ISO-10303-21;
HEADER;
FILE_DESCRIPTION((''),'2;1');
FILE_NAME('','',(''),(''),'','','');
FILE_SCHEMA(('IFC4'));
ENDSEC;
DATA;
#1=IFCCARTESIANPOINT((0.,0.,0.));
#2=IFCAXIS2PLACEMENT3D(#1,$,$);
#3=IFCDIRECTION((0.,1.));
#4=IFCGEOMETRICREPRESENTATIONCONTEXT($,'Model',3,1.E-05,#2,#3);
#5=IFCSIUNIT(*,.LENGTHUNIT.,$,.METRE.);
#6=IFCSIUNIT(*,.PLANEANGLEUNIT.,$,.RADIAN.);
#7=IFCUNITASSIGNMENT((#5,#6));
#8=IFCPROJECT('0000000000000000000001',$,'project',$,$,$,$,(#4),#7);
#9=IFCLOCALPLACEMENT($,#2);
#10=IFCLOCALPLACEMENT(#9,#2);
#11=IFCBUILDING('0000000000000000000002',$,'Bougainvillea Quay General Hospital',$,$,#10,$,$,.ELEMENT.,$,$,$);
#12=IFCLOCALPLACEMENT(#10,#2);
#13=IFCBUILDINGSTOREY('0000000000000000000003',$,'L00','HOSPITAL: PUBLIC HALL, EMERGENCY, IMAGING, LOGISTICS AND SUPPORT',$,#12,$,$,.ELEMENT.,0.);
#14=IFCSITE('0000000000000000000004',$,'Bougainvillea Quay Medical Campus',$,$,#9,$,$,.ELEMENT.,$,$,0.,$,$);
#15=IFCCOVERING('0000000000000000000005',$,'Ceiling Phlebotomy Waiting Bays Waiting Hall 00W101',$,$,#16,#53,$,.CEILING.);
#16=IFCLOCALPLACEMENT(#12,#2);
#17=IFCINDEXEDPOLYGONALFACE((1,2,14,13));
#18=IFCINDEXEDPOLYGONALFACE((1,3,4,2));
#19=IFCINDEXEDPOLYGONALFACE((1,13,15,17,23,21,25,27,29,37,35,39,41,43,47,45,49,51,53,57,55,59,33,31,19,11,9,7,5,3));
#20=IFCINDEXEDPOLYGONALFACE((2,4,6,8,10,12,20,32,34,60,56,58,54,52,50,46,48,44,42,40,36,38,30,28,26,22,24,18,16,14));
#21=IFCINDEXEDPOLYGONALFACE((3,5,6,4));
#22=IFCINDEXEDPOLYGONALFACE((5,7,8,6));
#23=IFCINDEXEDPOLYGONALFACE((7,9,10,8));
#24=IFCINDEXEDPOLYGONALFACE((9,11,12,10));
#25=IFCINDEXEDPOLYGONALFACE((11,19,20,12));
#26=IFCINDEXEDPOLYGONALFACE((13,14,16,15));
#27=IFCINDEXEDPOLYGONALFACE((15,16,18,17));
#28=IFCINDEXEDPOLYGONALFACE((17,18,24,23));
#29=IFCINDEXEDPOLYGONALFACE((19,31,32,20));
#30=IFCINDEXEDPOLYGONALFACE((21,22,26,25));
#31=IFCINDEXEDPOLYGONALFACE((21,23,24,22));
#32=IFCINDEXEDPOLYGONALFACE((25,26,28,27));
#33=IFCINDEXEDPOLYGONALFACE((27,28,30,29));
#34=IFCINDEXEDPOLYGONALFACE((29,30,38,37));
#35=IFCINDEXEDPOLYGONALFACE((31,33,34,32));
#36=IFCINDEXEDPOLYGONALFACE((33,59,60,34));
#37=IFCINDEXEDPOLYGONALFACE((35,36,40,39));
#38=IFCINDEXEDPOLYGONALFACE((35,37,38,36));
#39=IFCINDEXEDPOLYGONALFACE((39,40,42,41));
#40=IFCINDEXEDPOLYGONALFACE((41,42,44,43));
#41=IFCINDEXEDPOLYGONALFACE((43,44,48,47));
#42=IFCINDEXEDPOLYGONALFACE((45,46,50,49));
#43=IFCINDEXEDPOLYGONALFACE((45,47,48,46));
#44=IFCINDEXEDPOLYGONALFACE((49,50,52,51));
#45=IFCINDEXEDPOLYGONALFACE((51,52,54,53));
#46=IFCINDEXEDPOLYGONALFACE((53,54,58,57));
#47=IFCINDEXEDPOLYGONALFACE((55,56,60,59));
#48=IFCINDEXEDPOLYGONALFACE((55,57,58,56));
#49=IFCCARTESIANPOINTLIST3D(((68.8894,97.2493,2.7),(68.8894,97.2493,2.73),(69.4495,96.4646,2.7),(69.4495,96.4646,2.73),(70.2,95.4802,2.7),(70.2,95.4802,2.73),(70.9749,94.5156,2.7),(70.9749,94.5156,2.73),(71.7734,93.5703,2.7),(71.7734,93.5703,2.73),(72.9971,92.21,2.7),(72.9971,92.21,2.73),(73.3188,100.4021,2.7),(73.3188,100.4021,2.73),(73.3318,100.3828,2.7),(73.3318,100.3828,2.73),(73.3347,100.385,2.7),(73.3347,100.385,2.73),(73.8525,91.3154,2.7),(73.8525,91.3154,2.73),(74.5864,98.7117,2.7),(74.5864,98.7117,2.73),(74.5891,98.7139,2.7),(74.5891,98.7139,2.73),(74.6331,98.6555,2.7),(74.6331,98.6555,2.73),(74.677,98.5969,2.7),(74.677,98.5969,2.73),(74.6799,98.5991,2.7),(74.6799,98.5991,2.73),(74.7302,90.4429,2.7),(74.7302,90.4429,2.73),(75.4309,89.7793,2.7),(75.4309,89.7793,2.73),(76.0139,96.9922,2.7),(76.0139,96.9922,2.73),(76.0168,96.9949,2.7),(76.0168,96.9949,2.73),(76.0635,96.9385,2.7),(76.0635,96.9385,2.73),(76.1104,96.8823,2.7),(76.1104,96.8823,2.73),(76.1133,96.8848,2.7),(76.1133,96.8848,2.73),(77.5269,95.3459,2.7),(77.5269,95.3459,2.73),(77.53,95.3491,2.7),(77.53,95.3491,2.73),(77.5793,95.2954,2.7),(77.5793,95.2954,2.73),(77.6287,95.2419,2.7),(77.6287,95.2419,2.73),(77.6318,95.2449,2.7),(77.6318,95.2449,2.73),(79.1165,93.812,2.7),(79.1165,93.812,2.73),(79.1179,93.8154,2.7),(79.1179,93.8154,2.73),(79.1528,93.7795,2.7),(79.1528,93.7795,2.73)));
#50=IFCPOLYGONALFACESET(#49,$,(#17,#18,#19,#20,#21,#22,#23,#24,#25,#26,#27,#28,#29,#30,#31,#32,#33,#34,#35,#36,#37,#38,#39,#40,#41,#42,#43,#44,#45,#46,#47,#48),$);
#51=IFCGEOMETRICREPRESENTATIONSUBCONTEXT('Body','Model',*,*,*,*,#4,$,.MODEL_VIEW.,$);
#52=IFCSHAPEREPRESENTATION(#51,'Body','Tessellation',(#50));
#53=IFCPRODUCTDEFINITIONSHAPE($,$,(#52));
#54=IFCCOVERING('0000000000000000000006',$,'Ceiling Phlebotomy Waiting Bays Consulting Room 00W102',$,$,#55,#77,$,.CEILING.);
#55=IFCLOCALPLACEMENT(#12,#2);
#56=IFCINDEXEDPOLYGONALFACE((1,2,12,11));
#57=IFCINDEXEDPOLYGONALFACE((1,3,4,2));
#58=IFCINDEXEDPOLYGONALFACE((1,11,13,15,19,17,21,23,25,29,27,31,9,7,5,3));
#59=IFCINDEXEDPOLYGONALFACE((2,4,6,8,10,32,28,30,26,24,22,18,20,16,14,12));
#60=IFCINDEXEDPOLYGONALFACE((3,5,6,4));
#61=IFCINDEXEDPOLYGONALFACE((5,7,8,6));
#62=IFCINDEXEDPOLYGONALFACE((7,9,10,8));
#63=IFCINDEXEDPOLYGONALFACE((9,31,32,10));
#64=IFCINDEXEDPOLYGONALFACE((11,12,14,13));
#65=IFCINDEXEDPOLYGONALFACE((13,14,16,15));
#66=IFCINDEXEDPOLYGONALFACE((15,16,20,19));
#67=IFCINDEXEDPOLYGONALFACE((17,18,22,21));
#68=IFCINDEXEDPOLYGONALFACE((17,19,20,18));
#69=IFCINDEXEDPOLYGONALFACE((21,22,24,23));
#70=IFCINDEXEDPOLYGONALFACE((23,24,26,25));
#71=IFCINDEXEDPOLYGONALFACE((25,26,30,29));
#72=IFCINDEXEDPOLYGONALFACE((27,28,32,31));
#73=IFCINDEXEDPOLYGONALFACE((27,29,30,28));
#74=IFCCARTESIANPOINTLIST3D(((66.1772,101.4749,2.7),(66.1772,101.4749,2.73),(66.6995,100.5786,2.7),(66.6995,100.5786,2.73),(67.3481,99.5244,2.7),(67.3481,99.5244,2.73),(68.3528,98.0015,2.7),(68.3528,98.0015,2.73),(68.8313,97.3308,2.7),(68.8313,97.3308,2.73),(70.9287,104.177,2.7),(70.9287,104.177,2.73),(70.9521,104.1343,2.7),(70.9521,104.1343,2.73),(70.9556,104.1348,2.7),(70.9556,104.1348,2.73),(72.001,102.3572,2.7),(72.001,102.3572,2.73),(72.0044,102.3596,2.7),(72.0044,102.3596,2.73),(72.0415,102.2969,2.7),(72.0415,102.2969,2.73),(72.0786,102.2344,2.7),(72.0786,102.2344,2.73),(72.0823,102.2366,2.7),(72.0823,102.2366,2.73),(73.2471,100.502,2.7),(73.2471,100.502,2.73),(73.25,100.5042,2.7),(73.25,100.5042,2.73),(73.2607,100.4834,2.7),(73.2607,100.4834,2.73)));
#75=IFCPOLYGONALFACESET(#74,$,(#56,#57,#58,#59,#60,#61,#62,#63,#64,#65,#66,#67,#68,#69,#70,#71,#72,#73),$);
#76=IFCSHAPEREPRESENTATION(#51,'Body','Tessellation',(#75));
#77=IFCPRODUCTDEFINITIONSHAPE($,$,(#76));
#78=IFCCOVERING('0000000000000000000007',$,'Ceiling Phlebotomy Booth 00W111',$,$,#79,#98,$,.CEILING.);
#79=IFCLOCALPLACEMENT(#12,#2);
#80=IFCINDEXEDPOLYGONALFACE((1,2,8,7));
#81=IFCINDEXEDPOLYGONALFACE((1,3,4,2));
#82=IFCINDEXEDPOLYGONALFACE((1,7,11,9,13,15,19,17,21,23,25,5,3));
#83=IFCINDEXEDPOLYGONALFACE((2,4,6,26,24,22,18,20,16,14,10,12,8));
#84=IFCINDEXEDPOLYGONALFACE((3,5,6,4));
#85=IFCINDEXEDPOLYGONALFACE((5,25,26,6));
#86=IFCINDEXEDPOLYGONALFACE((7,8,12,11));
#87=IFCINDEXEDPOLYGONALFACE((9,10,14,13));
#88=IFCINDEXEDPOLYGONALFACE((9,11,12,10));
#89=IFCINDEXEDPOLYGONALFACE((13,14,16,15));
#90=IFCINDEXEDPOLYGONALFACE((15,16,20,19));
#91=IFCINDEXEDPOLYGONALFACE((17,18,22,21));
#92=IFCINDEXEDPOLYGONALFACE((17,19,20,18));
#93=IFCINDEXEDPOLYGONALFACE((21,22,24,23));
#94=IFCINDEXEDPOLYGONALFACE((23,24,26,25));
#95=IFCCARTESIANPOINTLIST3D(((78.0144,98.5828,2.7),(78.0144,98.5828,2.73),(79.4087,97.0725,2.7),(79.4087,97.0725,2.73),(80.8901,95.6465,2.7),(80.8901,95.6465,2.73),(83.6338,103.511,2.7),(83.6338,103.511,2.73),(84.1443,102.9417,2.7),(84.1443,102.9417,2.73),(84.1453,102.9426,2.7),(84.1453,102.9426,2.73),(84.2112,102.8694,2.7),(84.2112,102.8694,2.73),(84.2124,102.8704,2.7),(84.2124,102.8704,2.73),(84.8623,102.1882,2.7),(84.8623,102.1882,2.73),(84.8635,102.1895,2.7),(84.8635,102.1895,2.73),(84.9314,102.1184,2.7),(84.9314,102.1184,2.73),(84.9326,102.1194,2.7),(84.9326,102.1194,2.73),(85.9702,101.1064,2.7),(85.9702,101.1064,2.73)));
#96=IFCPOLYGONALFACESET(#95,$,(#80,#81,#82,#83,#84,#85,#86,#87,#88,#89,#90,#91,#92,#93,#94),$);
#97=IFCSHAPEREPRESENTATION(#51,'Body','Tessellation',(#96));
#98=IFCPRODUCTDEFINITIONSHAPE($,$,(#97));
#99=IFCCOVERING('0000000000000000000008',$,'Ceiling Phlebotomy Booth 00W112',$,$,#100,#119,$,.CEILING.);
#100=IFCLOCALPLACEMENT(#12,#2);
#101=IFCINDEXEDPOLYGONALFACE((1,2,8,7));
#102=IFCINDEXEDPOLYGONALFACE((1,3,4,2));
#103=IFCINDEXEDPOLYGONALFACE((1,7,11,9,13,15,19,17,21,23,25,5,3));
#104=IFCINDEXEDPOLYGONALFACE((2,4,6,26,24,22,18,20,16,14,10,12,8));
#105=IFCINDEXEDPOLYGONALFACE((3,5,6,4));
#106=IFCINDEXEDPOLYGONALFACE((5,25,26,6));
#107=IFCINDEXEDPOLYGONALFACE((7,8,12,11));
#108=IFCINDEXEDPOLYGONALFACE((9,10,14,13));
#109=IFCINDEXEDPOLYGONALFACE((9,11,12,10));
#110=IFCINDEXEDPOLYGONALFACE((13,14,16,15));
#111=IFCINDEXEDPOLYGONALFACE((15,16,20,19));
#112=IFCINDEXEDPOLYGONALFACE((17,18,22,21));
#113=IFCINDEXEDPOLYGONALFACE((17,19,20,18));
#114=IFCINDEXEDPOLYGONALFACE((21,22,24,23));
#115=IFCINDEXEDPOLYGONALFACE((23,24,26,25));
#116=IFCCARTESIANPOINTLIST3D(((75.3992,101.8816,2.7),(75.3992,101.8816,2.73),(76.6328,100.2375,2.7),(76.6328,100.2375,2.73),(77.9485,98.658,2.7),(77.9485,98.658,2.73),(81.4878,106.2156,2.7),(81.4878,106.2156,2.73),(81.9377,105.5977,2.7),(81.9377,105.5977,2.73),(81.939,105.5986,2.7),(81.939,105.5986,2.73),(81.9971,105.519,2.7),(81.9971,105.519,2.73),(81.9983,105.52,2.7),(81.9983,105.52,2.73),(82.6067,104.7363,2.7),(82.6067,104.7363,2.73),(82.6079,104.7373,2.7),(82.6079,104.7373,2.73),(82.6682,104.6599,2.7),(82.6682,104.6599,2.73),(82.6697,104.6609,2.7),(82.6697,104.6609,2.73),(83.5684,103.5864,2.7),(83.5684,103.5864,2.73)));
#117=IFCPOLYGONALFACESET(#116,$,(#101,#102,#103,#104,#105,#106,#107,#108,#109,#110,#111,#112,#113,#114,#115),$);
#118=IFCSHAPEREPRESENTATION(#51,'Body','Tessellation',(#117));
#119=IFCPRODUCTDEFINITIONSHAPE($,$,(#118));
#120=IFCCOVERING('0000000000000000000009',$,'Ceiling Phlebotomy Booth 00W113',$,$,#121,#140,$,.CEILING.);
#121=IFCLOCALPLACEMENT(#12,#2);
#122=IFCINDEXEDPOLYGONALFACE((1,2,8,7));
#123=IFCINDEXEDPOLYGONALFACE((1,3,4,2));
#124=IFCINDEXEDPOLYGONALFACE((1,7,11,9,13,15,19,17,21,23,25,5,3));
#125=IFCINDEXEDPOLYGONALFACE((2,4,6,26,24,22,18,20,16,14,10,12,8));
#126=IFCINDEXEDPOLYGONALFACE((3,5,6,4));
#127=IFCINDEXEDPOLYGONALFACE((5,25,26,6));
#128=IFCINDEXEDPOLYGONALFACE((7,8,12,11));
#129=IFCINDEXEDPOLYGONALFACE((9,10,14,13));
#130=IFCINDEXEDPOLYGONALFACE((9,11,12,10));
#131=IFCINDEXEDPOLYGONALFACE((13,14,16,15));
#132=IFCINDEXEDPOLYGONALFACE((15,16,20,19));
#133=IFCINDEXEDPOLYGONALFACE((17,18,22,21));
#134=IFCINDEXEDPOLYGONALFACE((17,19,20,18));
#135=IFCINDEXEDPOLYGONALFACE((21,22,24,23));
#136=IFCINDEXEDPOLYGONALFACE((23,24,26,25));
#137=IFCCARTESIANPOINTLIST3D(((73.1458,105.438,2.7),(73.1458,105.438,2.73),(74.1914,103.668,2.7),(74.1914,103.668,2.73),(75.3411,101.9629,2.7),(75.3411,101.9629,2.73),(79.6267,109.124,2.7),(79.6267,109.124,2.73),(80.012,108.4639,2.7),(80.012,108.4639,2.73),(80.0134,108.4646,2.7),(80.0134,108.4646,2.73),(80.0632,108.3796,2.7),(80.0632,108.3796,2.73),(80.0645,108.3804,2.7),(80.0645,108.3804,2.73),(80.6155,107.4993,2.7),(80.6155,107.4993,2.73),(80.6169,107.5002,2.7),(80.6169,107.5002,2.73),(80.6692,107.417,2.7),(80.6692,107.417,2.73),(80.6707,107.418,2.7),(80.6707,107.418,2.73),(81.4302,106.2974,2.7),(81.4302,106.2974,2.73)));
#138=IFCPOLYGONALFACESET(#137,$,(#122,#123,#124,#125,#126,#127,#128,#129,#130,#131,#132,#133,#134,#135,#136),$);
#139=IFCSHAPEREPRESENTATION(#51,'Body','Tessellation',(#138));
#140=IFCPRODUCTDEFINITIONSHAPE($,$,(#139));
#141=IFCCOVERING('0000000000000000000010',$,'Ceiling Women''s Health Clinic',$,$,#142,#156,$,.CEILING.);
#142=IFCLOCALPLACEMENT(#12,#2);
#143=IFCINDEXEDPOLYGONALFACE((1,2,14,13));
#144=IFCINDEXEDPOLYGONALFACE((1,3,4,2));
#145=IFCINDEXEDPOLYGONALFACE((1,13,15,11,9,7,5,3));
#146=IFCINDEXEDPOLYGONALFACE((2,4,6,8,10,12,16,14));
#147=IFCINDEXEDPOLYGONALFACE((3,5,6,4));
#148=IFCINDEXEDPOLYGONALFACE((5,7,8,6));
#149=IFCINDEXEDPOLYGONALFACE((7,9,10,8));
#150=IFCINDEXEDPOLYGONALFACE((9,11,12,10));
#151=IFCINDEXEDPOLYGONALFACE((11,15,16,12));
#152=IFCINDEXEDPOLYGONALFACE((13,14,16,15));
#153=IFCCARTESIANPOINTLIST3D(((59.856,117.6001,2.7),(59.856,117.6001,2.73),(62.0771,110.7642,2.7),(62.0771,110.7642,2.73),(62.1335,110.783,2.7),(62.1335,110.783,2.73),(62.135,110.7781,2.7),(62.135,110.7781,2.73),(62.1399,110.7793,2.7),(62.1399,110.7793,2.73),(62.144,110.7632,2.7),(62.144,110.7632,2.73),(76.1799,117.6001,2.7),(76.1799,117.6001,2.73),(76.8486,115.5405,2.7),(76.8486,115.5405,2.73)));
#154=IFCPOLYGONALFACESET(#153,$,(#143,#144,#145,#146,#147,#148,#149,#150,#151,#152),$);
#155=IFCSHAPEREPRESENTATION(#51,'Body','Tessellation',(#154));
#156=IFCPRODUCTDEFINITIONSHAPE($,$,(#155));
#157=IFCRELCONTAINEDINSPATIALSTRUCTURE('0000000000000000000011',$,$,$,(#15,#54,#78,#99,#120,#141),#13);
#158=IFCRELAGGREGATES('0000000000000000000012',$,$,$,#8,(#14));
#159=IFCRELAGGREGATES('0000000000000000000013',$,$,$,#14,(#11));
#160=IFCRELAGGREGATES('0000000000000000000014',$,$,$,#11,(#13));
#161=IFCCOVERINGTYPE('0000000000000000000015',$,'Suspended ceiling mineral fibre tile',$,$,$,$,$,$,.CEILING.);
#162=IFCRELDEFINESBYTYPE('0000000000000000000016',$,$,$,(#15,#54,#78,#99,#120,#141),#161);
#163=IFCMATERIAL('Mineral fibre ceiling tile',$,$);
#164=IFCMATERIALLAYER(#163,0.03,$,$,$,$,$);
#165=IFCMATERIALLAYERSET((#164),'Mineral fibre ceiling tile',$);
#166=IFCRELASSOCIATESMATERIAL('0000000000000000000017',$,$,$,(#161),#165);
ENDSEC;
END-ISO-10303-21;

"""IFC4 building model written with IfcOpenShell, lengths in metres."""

from ifc_helpers import new_model, si_unit, direction, frame, origin, place, context, subcontext, project, spatial, polyline, outline, extrude, material, layer, layer_set, type_object, element, save


model = new_model("IFC4")

# Units and contexts
model_context = context("Model", 3, precision=1e-05, world=origin(), true_north=direction((0.0, 1.0)))
body_context = subcontext(model_context, "Body", "Model", "MODEL_VIEW")
ifc_project = project(units=[si_unit("LENGTHUNIT", "METRE"), si_unit("PLANEANGLEUNIT", "RADIAN")], contexts=[model_context])

# Site, building, storey
site_placement = place(None, origin())
site = spatial("IfcSite", under=ifc_project, at=site_placement, Name="Bougainvillea Quay Medical Campus", CompositionType="ELEMENT", RefElevation=0.0)
building_placement = place(site_placement, origin())
building = spatial("IfcBuilding", under=site, at=building_placement, Name="Bougainvillea Quay General Hospital", CompositionType="ELEMENT")
storey_placement = place(building_placement, origin())
storey = spatial("IfcBuildingStorey", under=building, at=storey_placement, Name="L00", Description="HOSPITAL: PUBLIC HALL, EMERGENCY, IMAGING, LOGISTICS AND SUPPORT", CompositionType="ELEMENT", Elevation=0.0)

# Coverings
ifc_material = material(Name="Mineral fibre ceiling tile")
ifc_layer = layer(ifc_material, 0.03)
ifc_layer_set = layer_set([ifc_layer], Name="Mineral fibre ceiling tile")
covering_type = type_object("IfcCoveringType", Name="Suspended ceiling mineral fibre tile", PredefinedType="CEILING", material=ifc_layer_set)
covering_1_placement = place(storey_placement, frame((0.0, 0.0, 2.7)))
element("IfcCovering", 1, at=covering_1_placement, inside=storey, type_object=covering_type, Name="Ceiling Phlebotomy Waiting Bays Waiting Hall 00W101", PredefinedType="CEILING", context=body_context, shape_type="SweptSolid", body=[
    extrude(outline(polyline([(74.6331, 98.6555), (74.5864, 98.7117), (74.5891, 98.7139), (73.3347, 100.385), (73.3318, 100.3828), (73.3188, 100.4021), (68.8894, 97.2493), (69.4495, 96.4646), (70.2, 95.4802), (70.9749, 94.5156), (71.7734, 93.5703), (72.9971, 92.21), (73.8525, 91.3154), (74.7302, 90.4429), (75.4309, 89.7793), (79.1528, 93.7795), (79.1165, 93.812), (79.1179, 93.8154), (77.6318, 95.2449), (77.6287, 95.2419), (77.5793, 95.2954), (77.5269, 95.3459), (77.53, 95.3491), (76.1133, 96.8848), (76.1104, 96.8823), (76.0635, 96.9385), (76.0139, 96.9922), (76.0168, 96.9949), (74.6799, 98.5991), (74.677, 98.5969), (74.6331, 98.6555)])), origin(), (0.0, 0.0, 1.0), 0.03),
])
covering_2_placement = place(storey_placement, frame((0.0, 0.0, 2.7)))
element("IfcCovering", 2, at=covering_2_placement, inside=storey, type_object=covering_type, Name="Ceiling Phlebotomy Waiting Bays Consulting Room 00W102", PredefinedType="CEILING", context=body_context, shape_type="SweptSolid", body=[
    extrude(outline(polyline([(73.2471, 100.502), (73.25, 100.5042), (72.0823, 102.2366), (72.0786, 102.2344), (72.0415, 102.2969), (72.001, 102.3572), (72.0044, 102.3596), (70.9556, 104.1348), (70.9521, 104.1343), (70.9287, 104.177), (66.1772, 101.4749), (66.6995, 100.5786), (67.3481, 99.5244), (68.3528, 98.0015), (68.8313, 97.3308), (73.2607, 100.4834), (73.2471, 100.502)])), origin(), (0.0, 0.0, 1.0), 0.03),
])
covering_3_placement = place(storey_placement, frame((0.0, 0.0, 2.7)))
element("IfcCovering", 3, at=covering_3_placement, inside=storey, type_object=covering_type, Name="Ceiling Phlebotomy Booth 00W111", PredefinedType="CEILING", context=body_context, shape_type="SweptSolid", body=[
    extrude(outline(polyline([(84.9326, 102.1194), (84.9314, 102.1184), (84.8623, 102.1882), (84.8635, 102.1895), (84.2124, 102.8704), (84.2112, 102.8694), (84.1443, 102.9417), (84.1453, 102.9426), (83.6338, 103.511), (78.0144, 98.5828), (79.4087, 97.0725), (80.8901, 95.6465), (85.9702, 101.1064), (84.9326, 102.1194)])), origin(), (0.0, 0.0, 1.0), 0.03),
])
covering_4_placement = place(storey_placement, frame((0.0, 0.0, 2.7)))
element("IfcCovering", 4, at=covering_4_placement, inside=storey, type_object=covering_type, Name="Ceiling Phlebotomy Booth 00W112", PredefinedType="CEILING", context=body_context, shape_type="SweptSolid", body=[
    extrude(outline(polyline([(82.6697, 104.6609), (82.6682, 104.6599), (82.6067, 104.7363), (82.6079, 104.7373), (81.9983, 105.52), (81.9971, 105.519), (81.9377, 105.5977), (81.939, 105.5986), (81.4878, 106.2156), (75.3992, 101.8816), (76.6328, 100.2375), (77.9485, 98.658), (83.5684, 103.5864), (82.6697, 104.6609)])), origin(), (0.0, 0.0, 1.0), 0.03),
])
covering_5_placement = place(storey_placement, frame((0.0, 0.0, 2.7)))
element("IfcCovering", 5, at=covering_5_placement, inside=storey, type_object=covering_type, Name="Ceiling Phlebotomy Booth 00W113", PredefinedType="CEILING", context=body_context, shape_type="SweptSolid", body=[
    extrude(outline(polyline([(75.3411, 101.9629), (81.4302, 106.2974), (80.6707, 107.418), (80.6692, 107.417), (80.6155, 107.4993), (80.6169, 107.5002), (80.0645, 108.3804), (80.0632, 108.3796), (80.012, 108.4639), (80.0134, 108.4646), (79.6267, 109.124), (73.1458, 105.438), (74.1914, 103.668), (75.3411, 101.9629)])), origin(), (0.0, 0.0, 1.0), 0.03),
])
covering_6_placement = place(storey_placement, frame((0.0, 0.0, 2.7)))
element("IfcCovering", 6, at=covering_6_placement, inside=storey, type_object=covering_type, Name="Ceiling Women's Health Clinic", PredefinedType="CEILING", context=body_context, shape_type="SweptSolid", body=[
    extrude(outline(polyline([(59.856, 117.6001), (62.0771, 110.7642), (62.1335, 110.783), (62.135, 110.7781), (62.1399, 110.7793), (62.144, 110.7632), (76.8486, 115.5405), (76.1799, 117.6001), (59.856, 117.6001)])), origin(), (0.0, 0.0, 1.0), 0.03),
])

save(model, "model.ifc")
